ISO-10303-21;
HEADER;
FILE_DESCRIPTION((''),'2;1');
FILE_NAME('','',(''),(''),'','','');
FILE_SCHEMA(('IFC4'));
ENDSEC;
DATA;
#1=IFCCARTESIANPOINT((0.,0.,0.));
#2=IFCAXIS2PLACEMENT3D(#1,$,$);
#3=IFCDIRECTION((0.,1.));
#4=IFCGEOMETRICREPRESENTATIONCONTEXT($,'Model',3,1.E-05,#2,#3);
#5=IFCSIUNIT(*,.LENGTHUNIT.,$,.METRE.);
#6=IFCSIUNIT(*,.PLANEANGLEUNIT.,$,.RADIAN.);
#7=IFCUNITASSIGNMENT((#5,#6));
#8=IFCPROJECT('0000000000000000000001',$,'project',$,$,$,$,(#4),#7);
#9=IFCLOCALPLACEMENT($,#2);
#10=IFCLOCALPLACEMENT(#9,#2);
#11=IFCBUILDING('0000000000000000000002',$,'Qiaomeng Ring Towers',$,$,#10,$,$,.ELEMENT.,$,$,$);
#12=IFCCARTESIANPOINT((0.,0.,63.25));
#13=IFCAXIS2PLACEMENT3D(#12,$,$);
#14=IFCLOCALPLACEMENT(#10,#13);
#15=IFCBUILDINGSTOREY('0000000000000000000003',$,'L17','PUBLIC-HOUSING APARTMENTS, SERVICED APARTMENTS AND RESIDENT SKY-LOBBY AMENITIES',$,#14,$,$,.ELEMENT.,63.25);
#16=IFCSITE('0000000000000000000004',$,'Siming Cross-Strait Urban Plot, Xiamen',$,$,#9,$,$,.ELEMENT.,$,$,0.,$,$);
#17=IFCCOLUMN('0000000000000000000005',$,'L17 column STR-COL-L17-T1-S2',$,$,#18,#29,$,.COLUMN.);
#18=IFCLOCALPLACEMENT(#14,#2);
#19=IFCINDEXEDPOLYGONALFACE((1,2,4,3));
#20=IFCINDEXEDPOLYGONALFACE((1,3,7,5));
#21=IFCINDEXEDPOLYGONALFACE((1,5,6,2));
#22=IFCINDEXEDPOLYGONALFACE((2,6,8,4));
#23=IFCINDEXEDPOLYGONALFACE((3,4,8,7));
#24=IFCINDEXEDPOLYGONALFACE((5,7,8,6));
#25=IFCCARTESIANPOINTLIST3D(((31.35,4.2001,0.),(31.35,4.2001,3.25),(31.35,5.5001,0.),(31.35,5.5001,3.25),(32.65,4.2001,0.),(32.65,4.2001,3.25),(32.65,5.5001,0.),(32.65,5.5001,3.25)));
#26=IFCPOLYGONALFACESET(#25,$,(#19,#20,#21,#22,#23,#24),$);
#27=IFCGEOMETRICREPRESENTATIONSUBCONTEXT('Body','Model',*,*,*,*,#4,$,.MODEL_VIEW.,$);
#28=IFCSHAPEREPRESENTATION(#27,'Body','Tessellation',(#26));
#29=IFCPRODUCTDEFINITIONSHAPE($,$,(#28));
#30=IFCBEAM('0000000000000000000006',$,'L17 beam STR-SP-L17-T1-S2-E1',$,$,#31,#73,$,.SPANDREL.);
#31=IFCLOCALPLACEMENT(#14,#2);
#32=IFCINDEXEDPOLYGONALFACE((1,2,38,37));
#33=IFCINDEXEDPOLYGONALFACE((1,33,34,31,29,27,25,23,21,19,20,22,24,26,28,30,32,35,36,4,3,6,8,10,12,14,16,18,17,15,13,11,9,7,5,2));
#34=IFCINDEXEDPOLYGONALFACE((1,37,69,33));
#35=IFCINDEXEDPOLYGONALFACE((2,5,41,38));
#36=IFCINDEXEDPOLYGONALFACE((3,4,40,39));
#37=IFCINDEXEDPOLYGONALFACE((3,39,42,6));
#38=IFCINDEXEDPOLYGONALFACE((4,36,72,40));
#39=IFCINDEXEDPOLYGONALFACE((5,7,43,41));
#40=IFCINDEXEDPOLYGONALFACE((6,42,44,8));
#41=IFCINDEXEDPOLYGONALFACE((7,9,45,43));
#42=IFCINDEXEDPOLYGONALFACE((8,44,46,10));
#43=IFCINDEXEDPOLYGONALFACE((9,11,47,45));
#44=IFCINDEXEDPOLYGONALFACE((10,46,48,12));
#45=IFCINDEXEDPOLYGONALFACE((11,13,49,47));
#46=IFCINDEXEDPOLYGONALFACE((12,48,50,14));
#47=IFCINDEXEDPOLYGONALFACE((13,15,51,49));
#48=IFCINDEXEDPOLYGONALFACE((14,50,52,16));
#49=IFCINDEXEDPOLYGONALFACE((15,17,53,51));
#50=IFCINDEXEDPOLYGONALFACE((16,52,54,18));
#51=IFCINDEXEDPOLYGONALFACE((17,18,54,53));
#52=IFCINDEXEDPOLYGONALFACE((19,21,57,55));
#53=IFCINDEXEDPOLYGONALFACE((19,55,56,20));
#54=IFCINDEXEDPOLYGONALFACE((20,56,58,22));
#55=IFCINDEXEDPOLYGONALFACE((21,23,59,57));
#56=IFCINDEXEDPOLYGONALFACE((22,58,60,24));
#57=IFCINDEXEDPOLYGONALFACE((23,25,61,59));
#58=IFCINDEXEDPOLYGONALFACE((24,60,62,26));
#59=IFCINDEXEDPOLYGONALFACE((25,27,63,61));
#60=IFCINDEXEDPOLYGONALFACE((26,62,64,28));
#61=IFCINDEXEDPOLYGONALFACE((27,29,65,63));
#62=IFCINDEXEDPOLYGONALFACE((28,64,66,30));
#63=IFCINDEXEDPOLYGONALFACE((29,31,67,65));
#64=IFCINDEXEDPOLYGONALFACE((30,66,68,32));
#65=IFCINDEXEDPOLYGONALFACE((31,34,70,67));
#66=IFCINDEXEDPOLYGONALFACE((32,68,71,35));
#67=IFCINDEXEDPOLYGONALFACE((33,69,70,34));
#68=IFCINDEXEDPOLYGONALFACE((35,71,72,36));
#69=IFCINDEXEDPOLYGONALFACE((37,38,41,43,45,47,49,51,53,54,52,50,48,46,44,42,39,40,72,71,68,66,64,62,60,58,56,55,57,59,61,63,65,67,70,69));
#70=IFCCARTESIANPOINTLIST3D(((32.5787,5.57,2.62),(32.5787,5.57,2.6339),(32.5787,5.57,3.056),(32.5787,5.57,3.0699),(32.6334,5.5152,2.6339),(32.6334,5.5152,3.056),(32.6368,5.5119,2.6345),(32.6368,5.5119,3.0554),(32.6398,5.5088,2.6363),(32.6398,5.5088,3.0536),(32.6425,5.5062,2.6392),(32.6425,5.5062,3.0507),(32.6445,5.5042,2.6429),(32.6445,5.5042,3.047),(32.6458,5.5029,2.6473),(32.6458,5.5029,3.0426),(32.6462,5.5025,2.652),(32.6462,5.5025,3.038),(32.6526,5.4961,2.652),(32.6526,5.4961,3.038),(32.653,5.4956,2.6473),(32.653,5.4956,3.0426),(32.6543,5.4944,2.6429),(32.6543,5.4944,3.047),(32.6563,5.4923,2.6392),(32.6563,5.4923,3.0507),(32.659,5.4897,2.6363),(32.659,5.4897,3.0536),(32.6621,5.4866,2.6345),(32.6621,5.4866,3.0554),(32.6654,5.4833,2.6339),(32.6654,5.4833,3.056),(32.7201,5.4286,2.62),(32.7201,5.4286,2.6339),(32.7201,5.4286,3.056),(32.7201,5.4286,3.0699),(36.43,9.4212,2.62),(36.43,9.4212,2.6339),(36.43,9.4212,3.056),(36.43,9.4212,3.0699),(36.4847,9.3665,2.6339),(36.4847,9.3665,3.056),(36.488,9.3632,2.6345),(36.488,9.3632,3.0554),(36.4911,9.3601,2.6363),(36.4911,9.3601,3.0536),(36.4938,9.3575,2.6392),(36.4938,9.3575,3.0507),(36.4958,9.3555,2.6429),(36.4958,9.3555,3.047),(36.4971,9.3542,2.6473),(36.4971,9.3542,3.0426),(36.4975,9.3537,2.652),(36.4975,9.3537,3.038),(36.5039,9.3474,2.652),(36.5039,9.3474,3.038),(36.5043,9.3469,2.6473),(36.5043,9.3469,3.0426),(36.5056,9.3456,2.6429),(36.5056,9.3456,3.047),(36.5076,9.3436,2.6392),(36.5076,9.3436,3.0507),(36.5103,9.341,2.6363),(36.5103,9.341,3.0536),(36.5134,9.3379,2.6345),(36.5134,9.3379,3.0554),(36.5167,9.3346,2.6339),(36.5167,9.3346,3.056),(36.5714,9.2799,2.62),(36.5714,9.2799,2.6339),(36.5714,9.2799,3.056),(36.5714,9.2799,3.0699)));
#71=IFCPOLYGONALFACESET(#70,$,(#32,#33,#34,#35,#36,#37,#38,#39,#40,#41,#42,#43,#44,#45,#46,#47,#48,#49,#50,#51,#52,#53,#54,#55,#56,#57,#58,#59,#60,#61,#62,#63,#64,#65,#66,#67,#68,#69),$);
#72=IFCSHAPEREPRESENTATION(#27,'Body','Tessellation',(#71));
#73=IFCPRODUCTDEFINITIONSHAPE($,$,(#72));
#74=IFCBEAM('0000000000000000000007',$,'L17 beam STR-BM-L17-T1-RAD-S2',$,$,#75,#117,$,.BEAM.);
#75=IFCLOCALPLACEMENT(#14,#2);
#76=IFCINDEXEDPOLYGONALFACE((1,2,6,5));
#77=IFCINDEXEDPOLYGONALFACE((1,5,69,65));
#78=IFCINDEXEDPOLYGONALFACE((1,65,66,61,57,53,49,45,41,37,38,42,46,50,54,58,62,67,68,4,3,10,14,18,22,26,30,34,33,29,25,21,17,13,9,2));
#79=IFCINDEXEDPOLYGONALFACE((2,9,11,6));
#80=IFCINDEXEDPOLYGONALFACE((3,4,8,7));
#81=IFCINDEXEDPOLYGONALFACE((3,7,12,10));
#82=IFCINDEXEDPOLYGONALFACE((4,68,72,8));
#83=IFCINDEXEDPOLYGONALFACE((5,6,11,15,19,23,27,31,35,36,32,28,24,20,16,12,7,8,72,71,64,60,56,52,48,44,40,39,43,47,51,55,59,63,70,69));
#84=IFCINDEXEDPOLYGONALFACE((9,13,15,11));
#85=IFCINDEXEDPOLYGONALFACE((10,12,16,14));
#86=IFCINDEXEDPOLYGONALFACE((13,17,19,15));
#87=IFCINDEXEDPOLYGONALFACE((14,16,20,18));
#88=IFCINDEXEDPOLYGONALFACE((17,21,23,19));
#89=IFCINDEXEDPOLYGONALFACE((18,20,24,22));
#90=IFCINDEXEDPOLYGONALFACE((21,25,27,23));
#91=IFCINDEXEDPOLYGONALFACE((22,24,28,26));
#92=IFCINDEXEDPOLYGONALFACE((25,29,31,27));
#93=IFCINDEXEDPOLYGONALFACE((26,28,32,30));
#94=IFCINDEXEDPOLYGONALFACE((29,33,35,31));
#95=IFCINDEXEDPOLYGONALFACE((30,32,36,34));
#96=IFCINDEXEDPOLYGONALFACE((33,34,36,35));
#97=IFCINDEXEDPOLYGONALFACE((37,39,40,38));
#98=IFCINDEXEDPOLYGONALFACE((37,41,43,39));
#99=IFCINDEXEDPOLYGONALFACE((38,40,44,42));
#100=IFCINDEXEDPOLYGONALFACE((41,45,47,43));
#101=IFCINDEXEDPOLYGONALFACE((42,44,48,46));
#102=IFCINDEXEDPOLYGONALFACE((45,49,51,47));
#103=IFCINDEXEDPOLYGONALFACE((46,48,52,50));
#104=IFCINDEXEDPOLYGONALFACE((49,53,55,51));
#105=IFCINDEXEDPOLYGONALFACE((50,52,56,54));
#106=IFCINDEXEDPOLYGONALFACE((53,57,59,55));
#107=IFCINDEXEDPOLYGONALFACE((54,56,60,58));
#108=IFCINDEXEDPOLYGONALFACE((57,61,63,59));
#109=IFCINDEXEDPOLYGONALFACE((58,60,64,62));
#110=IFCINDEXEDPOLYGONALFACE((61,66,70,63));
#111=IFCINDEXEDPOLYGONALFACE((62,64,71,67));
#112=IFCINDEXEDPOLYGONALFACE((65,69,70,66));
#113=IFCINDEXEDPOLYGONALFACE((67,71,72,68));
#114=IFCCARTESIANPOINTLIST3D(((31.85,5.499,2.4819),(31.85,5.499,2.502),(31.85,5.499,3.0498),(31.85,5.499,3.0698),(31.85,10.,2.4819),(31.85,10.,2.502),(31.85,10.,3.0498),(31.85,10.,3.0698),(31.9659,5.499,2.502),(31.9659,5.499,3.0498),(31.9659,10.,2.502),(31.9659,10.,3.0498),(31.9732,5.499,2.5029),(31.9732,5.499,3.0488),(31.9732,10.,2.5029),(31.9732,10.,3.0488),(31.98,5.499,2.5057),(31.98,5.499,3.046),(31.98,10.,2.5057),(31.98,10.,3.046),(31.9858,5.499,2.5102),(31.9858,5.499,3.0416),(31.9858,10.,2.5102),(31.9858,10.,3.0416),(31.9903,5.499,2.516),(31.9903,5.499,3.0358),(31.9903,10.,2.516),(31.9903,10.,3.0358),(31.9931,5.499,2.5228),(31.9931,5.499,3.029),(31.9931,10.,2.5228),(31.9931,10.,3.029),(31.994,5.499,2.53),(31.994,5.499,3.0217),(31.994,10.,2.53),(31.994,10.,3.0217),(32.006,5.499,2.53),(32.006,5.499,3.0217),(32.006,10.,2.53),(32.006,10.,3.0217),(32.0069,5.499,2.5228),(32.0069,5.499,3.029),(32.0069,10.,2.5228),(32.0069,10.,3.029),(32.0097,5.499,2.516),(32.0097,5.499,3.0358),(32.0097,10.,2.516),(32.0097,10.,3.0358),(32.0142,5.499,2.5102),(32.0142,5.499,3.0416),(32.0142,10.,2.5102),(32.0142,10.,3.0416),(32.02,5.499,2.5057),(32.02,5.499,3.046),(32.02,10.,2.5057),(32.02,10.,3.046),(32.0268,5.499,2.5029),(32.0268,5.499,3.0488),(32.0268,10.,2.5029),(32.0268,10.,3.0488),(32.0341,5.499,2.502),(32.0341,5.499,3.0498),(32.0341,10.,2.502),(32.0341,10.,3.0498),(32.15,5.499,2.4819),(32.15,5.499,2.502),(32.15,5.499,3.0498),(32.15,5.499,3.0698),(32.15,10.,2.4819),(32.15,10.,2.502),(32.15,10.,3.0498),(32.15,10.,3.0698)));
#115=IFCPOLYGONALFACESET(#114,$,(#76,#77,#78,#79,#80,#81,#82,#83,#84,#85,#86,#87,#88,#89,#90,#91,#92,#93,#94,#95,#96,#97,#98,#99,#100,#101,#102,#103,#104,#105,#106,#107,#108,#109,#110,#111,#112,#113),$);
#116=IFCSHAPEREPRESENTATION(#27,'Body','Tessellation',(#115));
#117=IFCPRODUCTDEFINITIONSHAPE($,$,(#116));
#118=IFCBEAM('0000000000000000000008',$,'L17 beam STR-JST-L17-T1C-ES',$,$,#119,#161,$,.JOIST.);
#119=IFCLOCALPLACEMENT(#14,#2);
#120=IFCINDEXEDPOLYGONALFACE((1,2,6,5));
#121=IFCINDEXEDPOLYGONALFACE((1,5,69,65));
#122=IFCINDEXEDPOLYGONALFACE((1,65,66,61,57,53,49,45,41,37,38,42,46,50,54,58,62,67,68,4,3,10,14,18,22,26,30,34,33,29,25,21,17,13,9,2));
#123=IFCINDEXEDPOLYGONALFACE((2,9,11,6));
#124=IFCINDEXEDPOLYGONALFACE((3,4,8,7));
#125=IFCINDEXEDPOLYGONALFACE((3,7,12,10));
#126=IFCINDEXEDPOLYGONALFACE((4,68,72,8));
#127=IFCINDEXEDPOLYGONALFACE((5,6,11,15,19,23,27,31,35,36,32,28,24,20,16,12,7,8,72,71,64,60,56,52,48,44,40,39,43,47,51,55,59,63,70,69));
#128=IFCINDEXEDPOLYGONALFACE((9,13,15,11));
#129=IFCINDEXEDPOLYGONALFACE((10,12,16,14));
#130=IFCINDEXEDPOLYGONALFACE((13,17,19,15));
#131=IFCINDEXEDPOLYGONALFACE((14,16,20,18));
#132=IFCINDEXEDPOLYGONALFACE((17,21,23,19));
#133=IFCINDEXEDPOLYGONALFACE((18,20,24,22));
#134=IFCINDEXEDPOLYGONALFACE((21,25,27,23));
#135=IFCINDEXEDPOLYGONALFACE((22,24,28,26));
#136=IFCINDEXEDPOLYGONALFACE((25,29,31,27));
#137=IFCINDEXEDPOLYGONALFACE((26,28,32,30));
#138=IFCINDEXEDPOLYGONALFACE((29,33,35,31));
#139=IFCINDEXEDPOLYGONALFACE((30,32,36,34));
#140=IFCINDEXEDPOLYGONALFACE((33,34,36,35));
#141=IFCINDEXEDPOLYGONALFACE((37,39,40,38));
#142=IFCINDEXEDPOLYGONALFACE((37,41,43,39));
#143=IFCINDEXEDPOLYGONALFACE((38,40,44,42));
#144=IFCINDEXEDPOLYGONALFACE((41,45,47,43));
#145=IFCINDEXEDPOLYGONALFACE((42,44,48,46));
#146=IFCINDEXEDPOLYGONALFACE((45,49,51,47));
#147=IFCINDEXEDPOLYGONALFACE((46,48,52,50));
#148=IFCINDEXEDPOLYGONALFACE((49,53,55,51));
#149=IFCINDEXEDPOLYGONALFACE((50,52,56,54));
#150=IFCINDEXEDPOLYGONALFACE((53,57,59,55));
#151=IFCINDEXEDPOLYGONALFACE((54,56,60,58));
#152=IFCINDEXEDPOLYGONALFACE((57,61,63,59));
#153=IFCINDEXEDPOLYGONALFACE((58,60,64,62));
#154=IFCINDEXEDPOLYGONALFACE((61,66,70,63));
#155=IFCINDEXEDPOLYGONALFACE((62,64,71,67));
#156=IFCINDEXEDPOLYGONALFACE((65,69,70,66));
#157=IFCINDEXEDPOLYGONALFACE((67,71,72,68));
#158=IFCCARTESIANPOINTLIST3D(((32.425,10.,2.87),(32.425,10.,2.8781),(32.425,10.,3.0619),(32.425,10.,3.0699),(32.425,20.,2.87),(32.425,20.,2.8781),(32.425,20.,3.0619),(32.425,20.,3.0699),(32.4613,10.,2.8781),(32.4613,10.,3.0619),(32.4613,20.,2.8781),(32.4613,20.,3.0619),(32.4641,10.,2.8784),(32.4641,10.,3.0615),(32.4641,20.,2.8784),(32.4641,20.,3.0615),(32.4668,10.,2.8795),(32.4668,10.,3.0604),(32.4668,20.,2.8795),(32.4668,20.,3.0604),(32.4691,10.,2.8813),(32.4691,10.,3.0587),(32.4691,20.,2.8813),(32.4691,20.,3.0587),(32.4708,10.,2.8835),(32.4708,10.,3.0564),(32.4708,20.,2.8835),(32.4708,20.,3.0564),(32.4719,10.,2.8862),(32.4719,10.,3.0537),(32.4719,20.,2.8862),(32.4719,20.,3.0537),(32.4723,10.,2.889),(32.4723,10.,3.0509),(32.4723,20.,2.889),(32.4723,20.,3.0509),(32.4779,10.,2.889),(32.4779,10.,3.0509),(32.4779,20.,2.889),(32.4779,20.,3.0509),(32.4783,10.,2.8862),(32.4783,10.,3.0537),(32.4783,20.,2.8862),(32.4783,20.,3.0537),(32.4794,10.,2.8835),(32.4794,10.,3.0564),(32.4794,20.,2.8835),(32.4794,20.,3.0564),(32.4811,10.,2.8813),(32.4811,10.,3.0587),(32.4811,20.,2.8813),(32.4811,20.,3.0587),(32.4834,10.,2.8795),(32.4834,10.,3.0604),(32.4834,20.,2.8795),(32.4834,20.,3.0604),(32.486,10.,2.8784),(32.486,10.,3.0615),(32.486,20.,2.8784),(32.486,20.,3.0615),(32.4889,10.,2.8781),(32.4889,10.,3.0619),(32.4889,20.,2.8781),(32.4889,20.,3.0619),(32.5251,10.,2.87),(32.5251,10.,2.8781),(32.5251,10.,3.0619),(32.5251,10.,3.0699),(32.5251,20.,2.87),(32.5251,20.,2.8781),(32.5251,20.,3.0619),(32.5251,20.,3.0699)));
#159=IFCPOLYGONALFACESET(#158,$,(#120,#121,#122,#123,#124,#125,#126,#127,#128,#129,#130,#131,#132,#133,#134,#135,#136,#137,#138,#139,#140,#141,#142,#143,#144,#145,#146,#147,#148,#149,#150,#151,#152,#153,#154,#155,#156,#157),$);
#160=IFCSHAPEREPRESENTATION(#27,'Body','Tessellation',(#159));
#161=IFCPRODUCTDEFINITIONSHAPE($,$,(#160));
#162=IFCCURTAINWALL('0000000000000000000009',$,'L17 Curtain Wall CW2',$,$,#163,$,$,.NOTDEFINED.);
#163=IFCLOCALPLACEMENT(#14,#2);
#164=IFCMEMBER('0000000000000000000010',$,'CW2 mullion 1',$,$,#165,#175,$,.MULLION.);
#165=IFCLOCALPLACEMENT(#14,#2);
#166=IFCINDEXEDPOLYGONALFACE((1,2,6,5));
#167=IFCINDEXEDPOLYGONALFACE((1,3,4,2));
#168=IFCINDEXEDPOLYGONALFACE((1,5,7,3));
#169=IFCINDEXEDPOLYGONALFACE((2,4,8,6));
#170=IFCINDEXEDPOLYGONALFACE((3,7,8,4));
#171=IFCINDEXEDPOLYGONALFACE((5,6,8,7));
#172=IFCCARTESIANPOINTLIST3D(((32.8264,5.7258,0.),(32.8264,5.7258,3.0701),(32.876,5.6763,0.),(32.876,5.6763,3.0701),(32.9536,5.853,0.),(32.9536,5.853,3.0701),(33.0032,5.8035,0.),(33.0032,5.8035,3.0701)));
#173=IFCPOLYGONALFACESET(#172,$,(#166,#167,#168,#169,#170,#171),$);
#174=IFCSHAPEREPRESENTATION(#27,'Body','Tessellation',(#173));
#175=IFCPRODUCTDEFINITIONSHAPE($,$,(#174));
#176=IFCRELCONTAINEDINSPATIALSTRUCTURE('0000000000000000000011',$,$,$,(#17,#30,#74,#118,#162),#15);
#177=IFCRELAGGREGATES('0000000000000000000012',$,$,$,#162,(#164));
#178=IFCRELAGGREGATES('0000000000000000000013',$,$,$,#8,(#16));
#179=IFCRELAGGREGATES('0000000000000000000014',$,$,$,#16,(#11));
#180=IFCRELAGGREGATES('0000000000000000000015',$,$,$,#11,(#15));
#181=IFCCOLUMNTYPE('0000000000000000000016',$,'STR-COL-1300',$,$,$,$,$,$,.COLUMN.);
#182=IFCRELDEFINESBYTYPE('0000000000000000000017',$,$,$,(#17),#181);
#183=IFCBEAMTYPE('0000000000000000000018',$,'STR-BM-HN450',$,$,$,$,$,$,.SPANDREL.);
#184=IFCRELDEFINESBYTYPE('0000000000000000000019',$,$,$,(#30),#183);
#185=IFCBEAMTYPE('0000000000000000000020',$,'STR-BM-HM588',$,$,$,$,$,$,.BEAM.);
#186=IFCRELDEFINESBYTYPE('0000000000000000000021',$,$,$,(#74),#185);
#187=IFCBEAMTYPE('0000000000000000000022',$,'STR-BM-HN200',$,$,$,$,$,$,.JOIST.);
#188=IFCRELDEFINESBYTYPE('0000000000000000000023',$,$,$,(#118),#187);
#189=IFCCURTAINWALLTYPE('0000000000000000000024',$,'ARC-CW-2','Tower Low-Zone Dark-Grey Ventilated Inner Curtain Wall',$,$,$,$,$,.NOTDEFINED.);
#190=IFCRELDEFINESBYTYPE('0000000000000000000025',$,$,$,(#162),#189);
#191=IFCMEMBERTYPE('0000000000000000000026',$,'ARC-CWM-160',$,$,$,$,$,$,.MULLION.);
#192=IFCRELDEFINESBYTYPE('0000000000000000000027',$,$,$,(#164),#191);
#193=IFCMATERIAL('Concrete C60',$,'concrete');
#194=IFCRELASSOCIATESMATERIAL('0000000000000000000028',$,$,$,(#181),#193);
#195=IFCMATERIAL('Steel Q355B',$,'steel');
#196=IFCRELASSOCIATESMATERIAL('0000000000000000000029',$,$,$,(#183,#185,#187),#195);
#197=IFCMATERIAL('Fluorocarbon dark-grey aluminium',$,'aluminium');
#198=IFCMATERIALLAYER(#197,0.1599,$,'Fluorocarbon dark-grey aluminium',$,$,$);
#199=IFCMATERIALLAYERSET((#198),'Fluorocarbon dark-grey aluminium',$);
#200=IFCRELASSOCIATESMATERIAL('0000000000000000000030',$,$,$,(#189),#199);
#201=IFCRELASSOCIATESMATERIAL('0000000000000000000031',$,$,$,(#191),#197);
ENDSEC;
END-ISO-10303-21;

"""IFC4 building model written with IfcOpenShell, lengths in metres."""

from ifc_helpers import new_model, si_unit, direction, frame, origin, origin_2d, place, context, subcontext, project, spatial, rectangle, i_section, extrude, source, transform, mapped, material, layer, layer_set, material_profile, profile_set, type_object, element, aggregate, save


model = new_model("IFC4")

# Units and contexts
model_context = context("Model", 3, precision=1e-05, world=origin(), true_north=direction((0.0, 1.0)))
body_context = subcontext(model_context, "Body", "Model", "MODEL_VIEW")
ifc_project = project(units=[si_unit("LENGTHUNIT", "METRE"), si_unit("PLANEANGLEUNIT", "RADIAN")], contexts=[model_context])

# Site, building, storey
site_placement = place(None, origin())
site = spatial("IfcSite", under=ifc_project, at=site_placement, Name="Siming Cross-Strait Urban Plot, Xiamen", CompositionType="ELEMENT", RefElevation=0.0)
building_placement = place(site_placement, origin())
building = spatial("IfcBuilding", under=site, at=building_placement, Name="Qiaomeng Ring Towers", CompositionType="ELEMENT")
storey_placement = place(building_placement, frame((0.0, 0.0, 63.25)))
storey = spatial("IfcBuildingStorey", under=building, at=storey_placement, Name="L17", Description="PUBLIC-HOUSING APARTMENTS, SERVICED APARTMENTS AND RESIDENT SKY-LOBBY AMENITIES", CompositionType="ELEMENT", Elevation=63.25)

# Column
ifc_material_1 = material(Name="Concrete C60", Category="concrete")
ifc_material_profile_1 = material_profile(ifc_material_1, rectangle(XDim=1.3, YDim=1.3, at=origin_2d()), Name="RC COL 1300x1300")
ifc_profile_set_1 = profile_set([ifc_material_profile_1], Name="Concrete C60")
column_type = type_object("IfcColumnType", Name="STR-COL-1300", PredefinedType="COLUMN", material=ifc_profile_set_1)
shared_shape_1 = source(origin(), body_context, "Body", "SweptSolid", [
    extrude(rectangle(XDim=1.3, YDim=1.3, at=origin_2d()), origin(), (0.0, 0.0, 1.0), 3.25),
])
column_placement = place(storey_placement, frame((32.0, 4.8501, 0.0), z_axis=(0.0, 0.0, 1.0), x_axis=(1.0, 0.0, 0.0)))
element("IfcColumn", 1, at=column_placement, inside=storey, type_object=column_type, Name="L17 column STR-COL-L17-T1-S2", PredefinedType="COLUMN", context=body_context, shape_type="MappedRepresentation", body=[
    mapped(shared_shape_1, transform((0.0, 0.0, 0.0), x_axis=(1.0, 0.0, 0.0), y_axis=(0.0, 1.0, 0.0), z_axis=(0.0, 0.0, 1.0), scale=1.0)),
])

# Beams
ifc_material_2 = material(Name="Steel Q355B", Category="steel")
ifc_material_profile_2 = material_profile(ifc_material_2, i_section(OverallWidth=0.2, OverallDepth=0.45, WebThickness=0.009, FlangeThickness=0.0139, FilletRadius=0.0181, at=origin_2d()), Name="HN 450x200x9x14")
ifc_profile_set_2 = profile_set([ifc_material_profile_2], Name="Steel Q355B")
beam_type_1 = type_object("IfcBeamType", Name="STR-BM-HN450", PredefinedType="SPANDREL", material=ifc_profile_set_2)
shared_shape_2 = source(origin(), body_context, "Body", "SweptSolid", [
    extrude(i_section(OverallWidth=0.2, OverallDepth=0.45, WebThickness=0.009, FlangeThickness=0.0139, FilletRadius=0.0181, at=origin_2d()), origin(), (0.0, 0.0, 1.0), 5.4465),
])
beam_1_placement = place(storey_placement, frame((32.6494, 5.4993, 2.845), z_axis=(0.707107, 0.707107, 0.0), x_axis=(-0.707107, 0.707107, 0.0)))
element("IfcBeam", 2, at=beam_1_placement, inside=storey, type_object=beam_type_1, Name="L17 beam STR-SP-L17-T1-S2-E1", PredefinedType="SPANDREL", context=body_context, shape_type="MappedRepresentation", body=[
    mapped(shared_shape_2, transform((0.0, 0.0, 0.0), x_axis=(1.0, 0.0, 0.0), y_axis=(0.0, 1.0, 0.0), z_axis=(0.0, 0.0, 1.0), scale=1.0)),
])
ifc_material_profile_3 = material_profile(ifc_material_2, i_section(OverallWidth=0.3, OverallDepth=0.5879, WebThickness=0.012, FlangeThickness=0.02, FilletRadius=0.0281, at=origin_2d()), Name="HM 588x300x12x20")
ifc_profile_set_3 = profile_set([ifc_material_profile_3], Name="Steel Q355B")
beam_type_2 = type_object("IfcBeamType", Name="STR-BM-HM588", PredefinedType="BEAM", material=ifc_profile_set_3)
shared_shape_3 = source(origin(), body_context, "Body", "SweptSolid", [
    extrude(i_section(OverallWidth=0.3, OverallDepth=0.5879, WebThickness=0.012, FlangeThickness=0.02, FilletRadius=0.0281, at=origin_2d()), origin(), (0.0, 0.0, 1.0), 4.501),
])
beam_2_placement = place(storey_placement, frame((32.0, 5.499, 2.7759), z_axis=(0.0, 1.0, 0.0), x_axis=(-1.0, 0.0, 0.0)))
element("IfcBeam", 3, at=beam_2_placement, inside=storey, type_object=beam_type_2, Name="L17 beam STR-BM-L17-T1-RAD-S2", PredefinedType="BEAM", context=body_context, shape_type="MappedRepresentation", body=[
    mapped(shared_shape_3, transform((0.0, 0.0, 0.0), x_axis=(1.0, 0.0, 0.0), y_axis=(0.0, 1.0, 0.0), z_axis=(0.0, 0.0, 1.0), scale=1.0)),
])
ifc_material_profile_4 = material_profile(ifc_material_2, i_section(OverallWidth=0.1001, OverallDepth=0.2, WebThickness=0.0056, FlangeThickness=0.0081, FilletRadius=0.011, at=origin_2d()), Name="HN 200x100x5.5x8")
ifc_profile_set_4 = profile_set([ifc_material_profile_4], Name="Steel Q355B")
beam_type_3 = type_object("IfcBeamType", Name="STR-BM-HN200", PredefinedType="JOIST", material=ifc_profile_set_4)
shared_shape_4 = source(origin(), body_context, "Body", "SweptSolid", [
    extrude(i_section(OverallWidth=0.1001, OverallDepth=0.2, WebThickness=0.0056, FlangeThickness=0.0081, FilletRadius=0.011, at=origin_2d()), origin(), (0.0, 0.0, 1.0), 10.0),
])
beam_3_placement = place(storey_placement, frame((32.4751, 10.0, 2.97), z_axis=(0.0, 1.0, 0.0), x_axis=(-1.0, 0.0, 0.0)))
element("IfcBeam", 4, at=beam_3_placement, inside=storey, type_object=beam_type_3, Name="L17 beam STR-JST-L17-T1C-ES", PredefinedType="JOIST", context=body_context, shape_type="MappedRepresentation", body=[
    mapped(shared_shape_4, transform((0.0, 0.0, 0.0), x_axis=(1.0, 0.0, 0.0), y_axis=(0.0, 1.0, 0.0), z_axis=(0.0, 0.0, 1.0), scale=1.0)),
])

# Curtain wall, member
ifc_material_3 = material(Name="Fluorocarbon dark-grey aluminium", Category="aluminium")
ifc_layer_1 = layer(ifc_material_3, 0.1599, Name="Fluorocarbon dark-grey aluminium")
ifc_layer_set_1 = layer_set([ifc_layer_1], Name="Fluorocarbon dark-grey aluminium")
curtain_wall_type = type_object("IfcCurtainWallType", Name="ARC-CW-2", Description="Tower Low-Zone Dark-Grey Ventilated Inner Curtain Wall", PredefinedType="NOTDEFINED", material=ifc_layer_set_1)
curtain_wall_placement = place(storey_placement, origin())
curtain_wall = element("IfcCurtainWall", 5, at=curtain_wall_placement, inside=storey, type_object=curtain_wall_type, Name="L17 Curtain Wall CW2", PredefinedType="NOTDEFINED")
ifc_material_profile_5 = material_profile(ifc_material_3, rectangle(XDim=0.0701, YDim=0.1799, at=origin_2d()), Name="ALU MULL 70x180")
ifc_profile_set_5 = profile_set([ifc_material_profile_5], Name="Fluorocarbon dark-grey aluminium")
member_type_1 = type_object("IfcMemberType", Name="ARC-CWM-160", PredefinedType="MULLION", material=ifc_profile_set_5)
shared_shape_5 = source(origin(), body_context, "Body", "SweptSolid", [
    extrude(rectangle(XDim=0.0701, YDim=0.1799, at=origin_2d()), origin(), (0.0, 0.0, 1.0), 3.0701),
])
member_1_placement = place(storey_placement, frame((32.9148, 5.7646, 0.0), z_axis=(0.0, 0.0, 1.0), x_axis=(-0.707107, 0.707107, 0.0)))
member_1 = element("IfcMember", 6, at=member_1_placement, type_object=member_type_1, Name="CW2 mullion 1", PredefinedType="MULLION", context=body_context, shape_type="MappedRepresentation", body=[
    mapped(shared_shape_5, transform((0.0, 0.0, 0.0), x_axis=(1.0, 0.0, 0.0), y_axis=(0.0, 1.0, 0.0), z_axis=(0.0, 0.0, 1.0), scale=1.0)),
])
aggregate(curtain_wall, [member_1])

save(model, "model.ifc")
